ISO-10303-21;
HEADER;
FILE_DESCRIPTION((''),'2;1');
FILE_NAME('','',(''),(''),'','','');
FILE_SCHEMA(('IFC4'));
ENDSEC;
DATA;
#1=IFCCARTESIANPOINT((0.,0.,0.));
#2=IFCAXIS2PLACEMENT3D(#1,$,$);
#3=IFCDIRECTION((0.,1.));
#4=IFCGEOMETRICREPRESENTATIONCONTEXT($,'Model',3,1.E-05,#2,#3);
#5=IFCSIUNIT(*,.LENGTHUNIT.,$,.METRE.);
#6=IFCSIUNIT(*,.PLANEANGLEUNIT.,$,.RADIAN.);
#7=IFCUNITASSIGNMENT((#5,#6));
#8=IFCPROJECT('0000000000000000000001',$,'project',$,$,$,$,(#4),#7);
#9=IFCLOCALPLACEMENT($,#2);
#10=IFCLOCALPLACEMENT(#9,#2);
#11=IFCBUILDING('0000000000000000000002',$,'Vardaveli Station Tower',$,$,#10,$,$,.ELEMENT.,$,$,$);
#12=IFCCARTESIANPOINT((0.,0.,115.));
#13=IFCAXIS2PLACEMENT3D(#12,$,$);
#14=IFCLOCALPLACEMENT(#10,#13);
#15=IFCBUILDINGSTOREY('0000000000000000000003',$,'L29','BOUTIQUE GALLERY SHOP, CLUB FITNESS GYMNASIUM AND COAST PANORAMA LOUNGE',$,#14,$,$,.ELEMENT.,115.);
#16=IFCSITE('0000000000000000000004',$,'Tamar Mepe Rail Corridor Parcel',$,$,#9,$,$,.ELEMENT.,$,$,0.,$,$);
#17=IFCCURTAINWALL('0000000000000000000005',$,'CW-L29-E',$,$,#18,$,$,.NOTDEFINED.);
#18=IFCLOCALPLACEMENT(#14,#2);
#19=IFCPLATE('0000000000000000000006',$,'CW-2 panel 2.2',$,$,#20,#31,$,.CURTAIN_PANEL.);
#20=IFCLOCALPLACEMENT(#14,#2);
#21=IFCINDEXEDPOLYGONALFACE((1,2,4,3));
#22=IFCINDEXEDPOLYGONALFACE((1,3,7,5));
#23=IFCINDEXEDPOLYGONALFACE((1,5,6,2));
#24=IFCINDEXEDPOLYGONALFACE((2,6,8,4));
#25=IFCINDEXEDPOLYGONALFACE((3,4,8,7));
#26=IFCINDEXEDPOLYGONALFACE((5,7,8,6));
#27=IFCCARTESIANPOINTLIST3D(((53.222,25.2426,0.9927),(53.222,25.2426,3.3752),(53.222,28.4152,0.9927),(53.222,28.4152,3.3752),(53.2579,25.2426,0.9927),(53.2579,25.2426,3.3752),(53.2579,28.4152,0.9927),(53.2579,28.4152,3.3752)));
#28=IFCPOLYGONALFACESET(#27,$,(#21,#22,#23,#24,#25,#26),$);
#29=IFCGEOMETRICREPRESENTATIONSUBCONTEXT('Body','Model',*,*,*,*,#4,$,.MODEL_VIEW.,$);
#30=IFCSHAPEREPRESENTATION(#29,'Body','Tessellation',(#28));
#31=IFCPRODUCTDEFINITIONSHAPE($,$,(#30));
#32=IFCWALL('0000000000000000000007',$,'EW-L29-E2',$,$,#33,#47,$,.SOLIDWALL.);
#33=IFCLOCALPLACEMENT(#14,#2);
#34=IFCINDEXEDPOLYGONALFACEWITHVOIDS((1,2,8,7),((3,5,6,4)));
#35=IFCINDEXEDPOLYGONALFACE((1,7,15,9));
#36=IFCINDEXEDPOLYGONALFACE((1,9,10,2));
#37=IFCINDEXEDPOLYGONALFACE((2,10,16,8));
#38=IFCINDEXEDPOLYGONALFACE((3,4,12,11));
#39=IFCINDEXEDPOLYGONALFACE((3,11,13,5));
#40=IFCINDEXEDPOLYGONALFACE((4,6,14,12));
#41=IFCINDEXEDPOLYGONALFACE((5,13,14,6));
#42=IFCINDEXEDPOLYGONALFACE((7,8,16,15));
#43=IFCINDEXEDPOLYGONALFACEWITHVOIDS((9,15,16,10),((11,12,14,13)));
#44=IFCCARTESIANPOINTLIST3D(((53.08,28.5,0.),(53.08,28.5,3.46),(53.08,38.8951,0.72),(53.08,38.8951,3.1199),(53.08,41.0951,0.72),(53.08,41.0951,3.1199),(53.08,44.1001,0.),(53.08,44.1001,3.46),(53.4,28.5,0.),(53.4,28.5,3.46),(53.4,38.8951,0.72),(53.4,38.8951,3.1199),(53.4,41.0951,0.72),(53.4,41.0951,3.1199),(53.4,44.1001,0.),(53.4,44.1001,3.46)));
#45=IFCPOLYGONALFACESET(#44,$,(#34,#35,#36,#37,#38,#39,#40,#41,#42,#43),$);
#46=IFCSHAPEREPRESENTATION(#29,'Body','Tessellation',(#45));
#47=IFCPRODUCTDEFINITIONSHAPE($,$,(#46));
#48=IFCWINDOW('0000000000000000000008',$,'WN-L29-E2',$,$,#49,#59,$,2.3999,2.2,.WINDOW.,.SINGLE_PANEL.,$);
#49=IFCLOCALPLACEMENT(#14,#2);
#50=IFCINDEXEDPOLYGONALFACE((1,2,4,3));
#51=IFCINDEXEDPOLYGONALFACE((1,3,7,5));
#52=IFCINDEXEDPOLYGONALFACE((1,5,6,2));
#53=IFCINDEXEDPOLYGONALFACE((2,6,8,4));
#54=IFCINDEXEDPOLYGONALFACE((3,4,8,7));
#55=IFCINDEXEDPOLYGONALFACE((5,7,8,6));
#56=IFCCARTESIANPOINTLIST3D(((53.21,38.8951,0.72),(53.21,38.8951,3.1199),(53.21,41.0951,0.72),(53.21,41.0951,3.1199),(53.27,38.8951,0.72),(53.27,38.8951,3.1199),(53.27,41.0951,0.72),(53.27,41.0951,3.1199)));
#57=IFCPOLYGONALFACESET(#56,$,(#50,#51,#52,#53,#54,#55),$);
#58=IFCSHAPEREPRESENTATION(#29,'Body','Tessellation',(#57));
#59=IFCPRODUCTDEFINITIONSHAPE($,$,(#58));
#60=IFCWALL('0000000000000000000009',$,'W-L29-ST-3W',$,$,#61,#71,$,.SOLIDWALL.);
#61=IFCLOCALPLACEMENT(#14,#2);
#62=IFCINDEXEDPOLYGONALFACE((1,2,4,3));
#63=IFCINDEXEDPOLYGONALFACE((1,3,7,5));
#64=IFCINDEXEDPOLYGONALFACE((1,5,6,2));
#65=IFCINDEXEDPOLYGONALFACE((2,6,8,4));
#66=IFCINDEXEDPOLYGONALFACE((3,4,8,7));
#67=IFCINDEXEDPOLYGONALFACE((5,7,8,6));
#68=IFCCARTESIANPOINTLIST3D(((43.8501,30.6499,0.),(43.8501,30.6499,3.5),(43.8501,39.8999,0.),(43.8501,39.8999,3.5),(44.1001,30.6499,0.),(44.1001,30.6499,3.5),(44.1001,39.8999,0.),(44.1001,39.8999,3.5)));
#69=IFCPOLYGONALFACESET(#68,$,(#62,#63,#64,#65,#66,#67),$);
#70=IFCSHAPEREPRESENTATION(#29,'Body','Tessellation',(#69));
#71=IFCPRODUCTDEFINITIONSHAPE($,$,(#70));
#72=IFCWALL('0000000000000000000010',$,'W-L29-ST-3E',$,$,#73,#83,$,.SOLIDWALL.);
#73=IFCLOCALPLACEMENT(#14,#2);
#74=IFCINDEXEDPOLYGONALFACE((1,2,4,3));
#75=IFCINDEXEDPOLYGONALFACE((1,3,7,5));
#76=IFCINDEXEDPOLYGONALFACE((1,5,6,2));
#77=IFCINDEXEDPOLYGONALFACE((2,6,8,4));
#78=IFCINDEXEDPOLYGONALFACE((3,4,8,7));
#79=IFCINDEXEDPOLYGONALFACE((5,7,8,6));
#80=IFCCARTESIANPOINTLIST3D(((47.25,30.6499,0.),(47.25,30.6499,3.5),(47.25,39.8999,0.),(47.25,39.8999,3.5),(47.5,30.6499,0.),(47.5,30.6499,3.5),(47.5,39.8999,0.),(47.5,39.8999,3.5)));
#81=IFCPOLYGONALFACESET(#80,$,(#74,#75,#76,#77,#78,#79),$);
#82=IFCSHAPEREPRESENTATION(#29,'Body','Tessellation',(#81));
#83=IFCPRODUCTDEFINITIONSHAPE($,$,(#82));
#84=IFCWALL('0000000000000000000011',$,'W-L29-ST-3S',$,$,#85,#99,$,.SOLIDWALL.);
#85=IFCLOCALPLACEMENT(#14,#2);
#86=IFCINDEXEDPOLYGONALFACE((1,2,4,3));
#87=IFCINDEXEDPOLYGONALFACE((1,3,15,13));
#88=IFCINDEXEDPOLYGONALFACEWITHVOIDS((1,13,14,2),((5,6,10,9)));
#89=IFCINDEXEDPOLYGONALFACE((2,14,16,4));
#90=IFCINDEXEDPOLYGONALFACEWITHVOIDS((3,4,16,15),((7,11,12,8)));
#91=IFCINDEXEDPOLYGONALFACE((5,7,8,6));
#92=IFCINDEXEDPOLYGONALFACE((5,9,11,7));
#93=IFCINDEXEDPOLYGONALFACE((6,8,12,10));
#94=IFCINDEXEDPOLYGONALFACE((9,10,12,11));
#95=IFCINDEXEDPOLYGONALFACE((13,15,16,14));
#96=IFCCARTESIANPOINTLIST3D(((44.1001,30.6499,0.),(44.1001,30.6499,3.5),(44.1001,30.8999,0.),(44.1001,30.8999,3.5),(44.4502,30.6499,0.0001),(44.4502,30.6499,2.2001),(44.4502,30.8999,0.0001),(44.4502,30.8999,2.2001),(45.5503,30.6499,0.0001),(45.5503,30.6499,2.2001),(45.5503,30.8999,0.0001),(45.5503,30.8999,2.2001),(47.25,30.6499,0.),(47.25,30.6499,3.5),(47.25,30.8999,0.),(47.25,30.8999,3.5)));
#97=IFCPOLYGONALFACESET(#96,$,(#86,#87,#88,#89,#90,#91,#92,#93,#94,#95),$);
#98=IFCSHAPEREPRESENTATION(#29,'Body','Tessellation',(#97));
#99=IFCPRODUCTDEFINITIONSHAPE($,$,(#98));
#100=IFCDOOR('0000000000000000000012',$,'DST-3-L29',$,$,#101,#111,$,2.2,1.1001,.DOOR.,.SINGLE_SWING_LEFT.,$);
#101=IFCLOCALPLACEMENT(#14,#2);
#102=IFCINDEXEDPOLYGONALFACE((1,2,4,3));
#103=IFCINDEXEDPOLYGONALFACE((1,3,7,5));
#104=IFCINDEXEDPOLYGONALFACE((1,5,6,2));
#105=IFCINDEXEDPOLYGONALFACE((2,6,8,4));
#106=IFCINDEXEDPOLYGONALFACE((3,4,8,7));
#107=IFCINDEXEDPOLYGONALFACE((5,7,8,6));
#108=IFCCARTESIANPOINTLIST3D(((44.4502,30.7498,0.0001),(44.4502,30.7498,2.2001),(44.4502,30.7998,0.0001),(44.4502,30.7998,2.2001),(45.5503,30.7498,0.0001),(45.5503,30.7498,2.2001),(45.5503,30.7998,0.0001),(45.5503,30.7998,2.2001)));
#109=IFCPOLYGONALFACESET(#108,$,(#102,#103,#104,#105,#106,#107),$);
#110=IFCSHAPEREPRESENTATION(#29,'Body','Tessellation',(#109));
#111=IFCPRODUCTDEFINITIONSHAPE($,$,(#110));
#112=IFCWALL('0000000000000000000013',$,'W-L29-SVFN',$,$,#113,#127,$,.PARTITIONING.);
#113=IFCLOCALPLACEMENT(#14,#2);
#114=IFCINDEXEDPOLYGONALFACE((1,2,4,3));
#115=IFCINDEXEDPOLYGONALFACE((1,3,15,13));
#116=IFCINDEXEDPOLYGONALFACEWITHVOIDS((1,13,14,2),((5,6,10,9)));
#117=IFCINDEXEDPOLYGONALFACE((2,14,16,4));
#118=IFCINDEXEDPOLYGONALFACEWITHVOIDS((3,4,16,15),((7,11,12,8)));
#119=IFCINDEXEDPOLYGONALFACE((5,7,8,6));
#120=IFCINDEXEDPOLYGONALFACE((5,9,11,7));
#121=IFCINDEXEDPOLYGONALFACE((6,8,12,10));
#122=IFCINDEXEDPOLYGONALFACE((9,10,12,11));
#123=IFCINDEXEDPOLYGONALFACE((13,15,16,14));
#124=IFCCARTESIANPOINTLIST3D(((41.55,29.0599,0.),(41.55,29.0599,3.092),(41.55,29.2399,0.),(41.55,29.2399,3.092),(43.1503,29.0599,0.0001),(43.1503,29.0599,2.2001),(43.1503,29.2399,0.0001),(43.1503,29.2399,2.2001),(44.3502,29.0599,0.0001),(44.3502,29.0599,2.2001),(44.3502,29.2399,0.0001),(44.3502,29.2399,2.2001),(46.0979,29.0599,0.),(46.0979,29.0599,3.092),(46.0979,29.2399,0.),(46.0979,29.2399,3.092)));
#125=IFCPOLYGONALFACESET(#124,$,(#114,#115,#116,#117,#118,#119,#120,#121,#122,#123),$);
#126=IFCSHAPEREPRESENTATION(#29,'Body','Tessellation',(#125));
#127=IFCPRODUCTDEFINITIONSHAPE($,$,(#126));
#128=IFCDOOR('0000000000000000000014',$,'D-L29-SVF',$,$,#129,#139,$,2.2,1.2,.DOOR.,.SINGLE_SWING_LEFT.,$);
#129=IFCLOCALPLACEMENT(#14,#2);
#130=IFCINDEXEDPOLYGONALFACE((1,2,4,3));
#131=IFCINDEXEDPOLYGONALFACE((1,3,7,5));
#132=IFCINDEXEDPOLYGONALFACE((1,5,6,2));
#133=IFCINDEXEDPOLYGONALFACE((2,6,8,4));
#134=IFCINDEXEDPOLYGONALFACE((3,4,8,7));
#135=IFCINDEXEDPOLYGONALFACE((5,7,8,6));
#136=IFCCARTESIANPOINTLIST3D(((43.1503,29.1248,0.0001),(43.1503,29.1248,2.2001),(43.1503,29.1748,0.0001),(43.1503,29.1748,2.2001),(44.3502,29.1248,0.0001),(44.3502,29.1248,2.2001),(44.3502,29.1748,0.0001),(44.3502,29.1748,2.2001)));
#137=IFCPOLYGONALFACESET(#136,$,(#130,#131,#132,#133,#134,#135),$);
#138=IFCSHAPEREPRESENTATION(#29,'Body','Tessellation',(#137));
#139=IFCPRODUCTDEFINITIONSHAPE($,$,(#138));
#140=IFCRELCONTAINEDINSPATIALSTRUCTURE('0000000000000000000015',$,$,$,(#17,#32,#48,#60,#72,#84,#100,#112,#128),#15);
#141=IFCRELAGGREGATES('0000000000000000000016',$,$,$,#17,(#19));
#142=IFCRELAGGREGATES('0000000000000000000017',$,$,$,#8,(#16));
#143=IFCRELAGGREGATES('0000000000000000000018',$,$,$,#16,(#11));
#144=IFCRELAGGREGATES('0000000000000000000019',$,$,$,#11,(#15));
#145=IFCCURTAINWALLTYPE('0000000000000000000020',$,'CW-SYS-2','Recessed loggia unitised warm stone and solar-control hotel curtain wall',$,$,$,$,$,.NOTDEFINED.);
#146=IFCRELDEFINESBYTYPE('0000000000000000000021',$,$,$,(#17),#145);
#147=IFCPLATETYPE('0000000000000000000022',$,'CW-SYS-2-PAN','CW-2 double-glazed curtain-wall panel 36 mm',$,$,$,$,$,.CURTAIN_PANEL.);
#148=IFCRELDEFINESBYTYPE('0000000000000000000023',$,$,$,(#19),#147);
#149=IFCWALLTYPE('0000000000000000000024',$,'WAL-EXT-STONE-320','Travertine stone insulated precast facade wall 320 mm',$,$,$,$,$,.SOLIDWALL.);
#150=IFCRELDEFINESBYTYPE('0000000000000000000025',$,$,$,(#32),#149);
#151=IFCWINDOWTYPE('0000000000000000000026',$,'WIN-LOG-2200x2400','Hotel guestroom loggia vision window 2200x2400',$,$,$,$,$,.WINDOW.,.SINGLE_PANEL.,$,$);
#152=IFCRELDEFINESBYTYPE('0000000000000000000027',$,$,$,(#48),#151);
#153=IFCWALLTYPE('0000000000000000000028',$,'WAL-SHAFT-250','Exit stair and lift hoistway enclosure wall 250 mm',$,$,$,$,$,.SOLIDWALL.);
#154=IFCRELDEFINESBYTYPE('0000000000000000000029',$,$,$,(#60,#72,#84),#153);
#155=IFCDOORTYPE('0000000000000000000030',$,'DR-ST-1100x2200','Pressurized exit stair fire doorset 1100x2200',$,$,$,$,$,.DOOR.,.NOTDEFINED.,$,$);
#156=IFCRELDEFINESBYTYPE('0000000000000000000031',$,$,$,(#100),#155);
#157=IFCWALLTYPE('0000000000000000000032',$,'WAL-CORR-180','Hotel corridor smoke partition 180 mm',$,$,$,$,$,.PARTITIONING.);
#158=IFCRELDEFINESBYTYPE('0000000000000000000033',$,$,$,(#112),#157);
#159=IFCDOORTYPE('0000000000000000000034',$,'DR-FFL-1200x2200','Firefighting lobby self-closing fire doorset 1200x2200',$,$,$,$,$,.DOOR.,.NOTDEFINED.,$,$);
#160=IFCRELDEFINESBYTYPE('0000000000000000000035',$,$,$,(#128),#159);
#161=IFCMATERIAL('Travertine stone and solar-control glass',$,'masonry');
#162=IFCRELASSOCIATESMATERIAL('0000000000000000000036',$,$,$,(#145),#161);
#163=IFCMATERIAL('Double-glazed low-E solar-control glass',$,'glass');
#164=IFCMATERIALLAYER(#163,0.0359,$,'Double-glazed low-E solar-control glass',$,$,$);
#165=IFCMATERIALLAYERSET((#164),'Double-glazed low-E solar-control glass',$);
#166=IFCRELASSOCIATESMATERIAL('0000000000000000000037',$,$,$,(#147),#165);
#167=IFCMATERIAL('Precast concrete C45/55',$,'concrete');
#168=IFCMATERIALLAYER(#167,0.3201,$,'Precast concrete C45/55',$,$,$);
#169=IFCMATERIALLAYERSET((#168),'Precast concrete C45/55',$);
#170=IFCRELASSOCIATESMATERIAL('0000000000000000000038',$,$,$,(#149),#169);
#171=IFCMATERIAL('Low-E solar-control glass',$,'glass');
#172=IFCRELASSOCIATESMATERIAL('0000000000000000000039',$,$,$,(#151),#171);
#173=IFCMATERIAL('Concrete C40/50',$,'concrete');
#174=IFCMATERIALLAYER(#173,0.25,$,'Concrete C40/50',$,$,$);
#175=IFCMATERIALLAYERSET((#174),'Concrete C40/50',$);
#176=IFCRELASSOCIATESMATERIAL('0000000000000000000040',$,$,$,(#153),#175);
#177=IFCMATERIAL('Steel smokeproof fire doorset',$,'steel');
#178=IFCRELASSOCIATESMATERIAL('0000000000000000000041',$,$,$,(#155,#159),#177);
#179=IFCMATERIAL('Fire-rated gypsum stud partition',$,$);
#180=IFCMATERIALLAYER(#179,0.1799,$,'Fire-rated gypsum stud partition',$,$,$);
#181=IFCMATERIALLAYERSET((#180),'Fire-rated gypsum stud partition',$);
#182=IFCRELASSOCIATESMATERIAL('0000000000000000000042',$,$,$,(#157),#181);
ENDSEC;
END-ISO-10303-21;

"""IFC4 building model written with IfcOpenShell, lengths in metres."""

from ifc_helpers import new_model, si_unit, direction, frame, frame_2d, origin, origin_2d, place, context, subcontext, project, spatial, rectangle, extrude, source, transform, mapped, material, layer, layer_set, type_object, element, fill, aggregate, save


model = new_model("IFC4")

# Units and contexts
model_context = context("Model", 3, precision=1e-05, world=origin(), true_north=direction((0.0, 1.0)))
body_context = subcontext(model_context, "Body", "Model", "MODEL_VIEW")
ifc_project = project(units=[si_unit("LENGTHUNIT", "METRE"), si_unit("PLANEANGLEUNIT", "RADIAN")], contexts=[model_context])

# Site, building, storey
site_placement = place(None, origin())
site = spatial("IfcSite", under=ifc_project, at=site_placement, Name="Tamar Mepe Rail Corridor Parcel", CompositionType="ELEMENT", RefElevation=0.0)
building_placement = place(site_placement, origin())
building = spatial("IfcBuilding", under=site, at=building_placement, Name="Vardaveli Station Tower", CompositionType="ELEMENT")
storey_placement = place(building_placement, frame((0.0, 0.0, 115.0)))
storey = spatial("IfcBuildingStorey", under=building, at=storey_placement, Name="L29", Description="BOUTIQUE GALLERY SHOP, CLUB FITNESS GYMNASIUM AND COAST PANORAMA LOUNGE", CompositionType="ELEMENT", Elevation=115.0)

# Shared definitions
ifc_material_1 = material(Name="Precast concrete C45/55", Category="concrete")

# Curtain wall, plate
ifc_material_2 = material(Name="Travertine stone and solar-control glass", Category="masonry")
curtain_wall_type = type_object("IfcCurtainWallType", Name="CW-SYS-2", Description="Recessed loggia unitised warm stone and solar-control hotel curtain wall", PredefinedType="NOTDEFINED", material=ifc_material_2)
curtain_wall_placement = place(storey_placement, origin())
curtain_wall = element("IfcCurtainWall", 1, at=curtain_wall_placement, inside=storey, type_object=curtain_wall_type, Name="CW-L29-E", PredefinedType="NOTDEFINED")
ifc_material_3 = material(Name="Double-glazed low-E solar-control glass", Category="glass")
ifc_layer_1 = layer(ifc_material_3, 0.0359, Name="Double-glazed low-E solar-control glass")
ifc_layer_set_1 = layer_set([ifc_layer_1], Name="Double-glazed low-E solar-control glass")
plate_type = type_object("IfcPlateType", Name="CW-SYS-2-PAN", Description="CW-2 double-glazed curtain-wall panel 36 mm", PredefinedType="CURTAIN_PANEL", material=ifc_layer_set_1)
shared_shape_1 = source(origin(), body_context, "Body", "SweptSolid", [
    extrude(rectangle(XDim=3.1726, YDim=0.0359, at=origin_2d()), origin(), (0.0, 0.0, 1.0), 2.3826),
])
plate_placement = place(storey_placement, frame((53.24, 26.8289, 0.9927), z_axis=(0.0, 0.0, 1.0), x_axis=(0.0, 1.0, 0.0)))
plate = element("IfcPlate", 2, at=plate_placement, type_object=plate_type, Name="CW-2 panel 2.2", PredefinedType="CURTAIN_PANEL", context=body_context, shape_type="MappedRepresentation", body=[
    mapped(shared_shape_1, transform((0.0, 0.0, 0.0), scale=1.0)),
])
aggregate(curtain_wall, [plate])

# Wall, opening, window
ifc_layer_2 = layer(ifc_material_1, 0.3201, Name="Precast concrete C45/55")
ifc_layer_set_2 = layer_set([ifc_layer_2], Name="Precast concrete C45/55")
wall_type_1 = type_object("IfcWallType", Name="WAL-EXT-STONE-320", Description="Travertine stone insulated precast facade wall 320 mm", PredefinedType="SOLIDWALL", material=ifc_layer_set_2)
shared_shape_2 = source(origin(), body_context, "Body", "SweptSolid", [
    extrude(rectangle(XDim=15.6001, YDim=0.3201, at=frame_2d((7.8, 0.0))), origin(), (0.0, 0.0, 1.0), 3.46),
])
wall_1_placement = place(storey_placement, frame((53.24, 28.5, 0.0), z_axis=(0.0, 0.0, 1.0), x_axis=(0.0, 1.0, 0.0)))
wall_1 = element("IfcWall", 3, at=wall_1_placement, inside=storey, type_object=wall_type_1, Name="EW-L29-E2", PredefinedType="SOLIDWALL", context=body_context, shape_type="MappedRepresentation", body=[
    mapped(shared_shape_2, transform((0.0, 0.0, 0.0), scale=1.0)),
])
shared_shape_3 = source(origin(), body_context, "Body", "SweptSolid", [
    extrude(rectangle(XDim=2.2, YDim=2.3999, at=frame_2d((1.1001, 1.2))), frame((0.0, 0.1699, 0.0), z_axis=(0.0, -1.0, 0.0), x_axis=(1.0, 0.0, 0.0)), (0.0, 0.0, 1.0), 0.3401),
])
opening_1_placement = place(wall_1_placement, frame((10.395, 0.0, 0.72)))
opening_1 = element("IfcOpeningElement", 4, at=opening_1_placement, cuts=wall_1, PredefinedType="OPENING", context=body_context, shape_type="MappedRepresentation", body=[
    mapped(shared_shape_3, transform((0.0, 0.0, 0.0), scale=1.0)),
])
ifc_material_4 = material(Name="Low-E solar-control glass", Category="glass")
window_type = type_object("IfcWindowType", Name="WIN-LOG-2200x2400", Description="Hotel guestroom loggia vision window 2200x2400", PartitioningType="SINGLE_PANEL", PredefinedType="WINDOW", material=ifc_material_4)
shared_shape_4 = source(origin(), body_context, "Body", "SweptSolid", [
    extrude(rectangle(XDim=2.2, YDim=2.3999, at=frame_2d((1.1001, 1.2))), frame((0.0, 0.03, 0.0), z_axis=(0.0, -1.0, 0.0), x_axis=(1.0, 0.0, 0.0)), (0.0, 0.0, 1.0), 0.0601),
])
window_placement = place(opening_1_placement, origin())
window = element("IfcWindow", 5, at=window_placement, inside=storey, type_object=window_type, Name="WN-L29-E2", OverallHeight=2.3999, OverallWidth=2.2, PartitioningType="SINGLE_PANEL", PredefinedType="WINDOW", context=body_context, shape_type="MappedRepresentation", body=[
    mapped(shared_shape_4, transform((0.0, 0.0, 0.0), scale=1.0)),
])
fill(opening_1, window)

# Walls
ifc_material_5 = material(Name="Concrete C40/50", Category="concrete")
ifc_layer_3 = layer(ifc_material_5, 0.25, Name="Concrete C40/50")
ifc_layer_set_3 = layer_set([ifc_layer_3], Name="Concrete C40/50")
wall_type_2 = type_object("IfcWallType", Name="WAL-SHAFT-250", Description="Exit stair and lift hoistway enclosure wall 250 mm", PredefinedType="SOLIDWALL", material=ifc_layer_set_3)
shared_shape_5 = source(origin(), body_context, "Body", "SweptSolid", [
    extrude(rectangle(XDim=9.25, YDim=0.25, at=frame_2d((4.625, 0.0))), origin(), (0.0, 0.0, 1.0), 3.5),
])
for number, where, z_axis, x_axis, name in (
    (6, (43.9751, 30.6499, 0.0), (0.0, 0.0, 1.0), (0.0, 1.0, 0.0), "W-L29-ST-3W"),
    (7, (47.375, 30.6499, 0.0), (0.0, 0.0, 1.0), (0.0, 1.0, 0.0), "W-L29-ST-3E"),
):
    element("IfcWall", number, at=place(storey_placement, frame(where, z_axis=z_axis, x_axis=x_axis)), inside=storey, type_object=wall_type_2, Name=name, PredefinedType="SOLIDWALL", context=body_context, shape_type="MappedRepresentation", body=[
        mapped(shared_shape_5, transform((0.0, 0.0, 0.0), scale=1.0)),
    ])

# Walls, openings, doors
shared_shape_6 = source(origin(), body_context, "Body", "SweptSolid", [
    extrude(rectangle(XDim=3.1499, YDim=0.25, at=frame_2d((1.575, 0.0))), origin(), (0.0, 0.0, 1.0), 3.5),
])
wall_2_placement = place(storey_placement, frame((44.1001, 30.7749, 0.0), z_axis=(0.0, 0.0, 1.0), x_axis=(1.0, 0.0, 0.0)))
wall_2 = element("IfcWall", 8, at=wall_2_placement, inside=storey, type_object=wall_type_2, Name="W-L29-ST-3S", PredefinedType="SOLIDWALL", context=body_context, shape_type="MappedRepresentation", body=[
    mapped(shared_shape_6, transform((0.0, 0.0, 0.0), scale=1.0)),
])
shared_shape_7 = source(origin(), body_context, "Body", "SweptSolid", [
    extrude(rectangle(XDim=1.1001, YDim=2.2, at=frame_2d((0.55, 1.1001))), frame((0.0, 0.135, 0.0), z_axis=(0.0, -1.0, 0.0), x_axis=(1.0, 0.0, 0.0)), (0.0, 0.0, 1.0), 0.27),
])
opening_2_placement = place(wall_2_placement, frame((0.3501, 0.0, 0.0)))
opening_2 = element("IfcOpeningElement", 9, at=opening_2_placement, cuts=wall_2, PredefinedType="OPENING", context=body_context, shape_type="MappedRepresentation", body=[
    mapped(shared_shape_7, transform((0.0, 0.0, 0.0), scale=1.0)),
])
ifc_material_6 = material(Name="Steel smokeproof fire doorset", Category="steel")
door_type_1 = type_object("IfcDoorType", Name="DR-ST-1100x2200", Description="Pressurized exit stair fire doorset 1100x2200", OperationType="NOTDEFINED", PredefinedType="DOOR", material=ifc_material_6)
shared_shape_8 = source(origin(), body_context, "Body", "SweptSolid", [
    extrude(rectangle(XDim=1.1001, YDim=2.2, at=frame_2d((0.55, 1.1001))), frame((0.0, 0.0249, 0.0), z_axis=(0.0, -1.0, 0.0), x_axis=(1.0, 0.0, 0.0)), (0.0, 0.0, 1.0), 0.05),
])
door_1_placement = place(opening_2_placement, origin())
door_1 = element("IfcDoor", 10, at=door_1_placement, inside=storey, type_object=door_type_1, Name="DST-3-L29", OperationType="SINGLE_SWING_LEFT", OverallHeight=2.2, OverallWidth=1.1001, PredefinedType="DOOR", context=body_context, shape_type="MappedRepresentation", body=[
    mapped(shared_shape_8, transform((0.0, 0.0, 0.0), scale=1.0)),
])
fill(opening_2, door_1)
ifc_material_7 = material(Name="Fire-rated gypsum stud partition")
ifc_layer_4 = layer(ifc_material_7, 0.1799, Name="Fire-rated gypsum stud partition")
ifc_layer_set_4 = layer_set([ifc_layer_4], Name="Fire-rated gypsum stud partition")
wall_type_3 = type_object("IfcWallType", Name="WAL-CORR-180", Description="Hotel corridor smoke partition 180 mm", PredefinedType="PARTITIONING", material=ifc_layer_set_4)
shared_shape_9 = source(origin(), body_context, "Body", "SweptSolid", [
    extrude(rectangle(XDim=4.5479, YDim=0.1799, at=frame_2d((2.2739, 0.0))), origin(), (0.0, 0.0, 1.0), 3.092),
])
wall_3_placement = place(storey_placement, frame((41.55, 29.1499, 0.0), z_axis=(0.0, 0.0, 1.0), x_axis=(1.0, 0.0, 0.0)))
wall_3 = element("IfcWall", 11, at=wall_3_placement, inside=storey, type_object=wall_type_3, Name="W-L29-SVFN", PredefinedType="PARTITIONING", context=body_context, shape_type="MappedRepresentation", body=[
    mapped(shared_shape_9, transform((0.0, 0.0, 0.0), scale=1.0)),
])
shared_shape_10 = source(origin(), body_context, "Body", "SweptSolid", [
    extrude(rectangle(XDim=1.2, YDim=2.2, at=frame_2d((0.6001, 1.1001))), frame((0.0, 0.1001, 0.0), z_axis=(0.0, -1.0, 0.0), x_axis=(1.0, 0.0, 0.0)), (0.0, 0.0, 1.0), 0.2),
])
opening_3_placement = place(wall_3_placement, frame((1.6001, 0.0, 0.0)))
opening_3 = element("IfcOpeningElement", 12, at=opening_3_placement, cuts=wall_3, PredefinedType="OPENING", context=body_context, shape_type="MappedRepresentation", body=[
    mapped(shared_shape_10, transform((0.0, 0.0, 0.0), scale=1.0)),
])
door_type_2 = type_object("IfcDoorType", Name="DR-FFL-1200x2200", Description="Firefighting lobby self-closing fire doorset 1200x2200", OperationType="NOTDEFINED", PredefinedType="DOOR", material=ifc_material_6)
shared_shape_11 = source(origin(), body_context, "Body", "SweptSolid", [
    extrude(rectangle(XDim=1.2, YDim=2.2, at=frame_2d((0.6001, 1.1001))), frame((0.0, 0.0249, 0.0), z_axis=(0.0, -1.0, 0.0), x_axis=(1.0, 0.0, 0.0)), (0.0, 0.0, 1.0), 0.05),
])
door_2_placement = place(opening_3_placement, origin())
door_2 = element("IfcDoor", 13, at=door_2_placement, inside=storey, type_object=door_type_2, Name="D-L29-SVF", OperationType="SINGLE_SWING_LEFT", OverallHeight=2.2, OverallWidth=1.2, PredefinedType="DOOR", context=body_context, shape_type="MappedRepresentation", body=[
    mapped(shared_shape_11, transform((0.0, 0.0, 0.0), scale=1.0)),
])
fill(opening_3, door_2)

save(model, "model.ifc")
